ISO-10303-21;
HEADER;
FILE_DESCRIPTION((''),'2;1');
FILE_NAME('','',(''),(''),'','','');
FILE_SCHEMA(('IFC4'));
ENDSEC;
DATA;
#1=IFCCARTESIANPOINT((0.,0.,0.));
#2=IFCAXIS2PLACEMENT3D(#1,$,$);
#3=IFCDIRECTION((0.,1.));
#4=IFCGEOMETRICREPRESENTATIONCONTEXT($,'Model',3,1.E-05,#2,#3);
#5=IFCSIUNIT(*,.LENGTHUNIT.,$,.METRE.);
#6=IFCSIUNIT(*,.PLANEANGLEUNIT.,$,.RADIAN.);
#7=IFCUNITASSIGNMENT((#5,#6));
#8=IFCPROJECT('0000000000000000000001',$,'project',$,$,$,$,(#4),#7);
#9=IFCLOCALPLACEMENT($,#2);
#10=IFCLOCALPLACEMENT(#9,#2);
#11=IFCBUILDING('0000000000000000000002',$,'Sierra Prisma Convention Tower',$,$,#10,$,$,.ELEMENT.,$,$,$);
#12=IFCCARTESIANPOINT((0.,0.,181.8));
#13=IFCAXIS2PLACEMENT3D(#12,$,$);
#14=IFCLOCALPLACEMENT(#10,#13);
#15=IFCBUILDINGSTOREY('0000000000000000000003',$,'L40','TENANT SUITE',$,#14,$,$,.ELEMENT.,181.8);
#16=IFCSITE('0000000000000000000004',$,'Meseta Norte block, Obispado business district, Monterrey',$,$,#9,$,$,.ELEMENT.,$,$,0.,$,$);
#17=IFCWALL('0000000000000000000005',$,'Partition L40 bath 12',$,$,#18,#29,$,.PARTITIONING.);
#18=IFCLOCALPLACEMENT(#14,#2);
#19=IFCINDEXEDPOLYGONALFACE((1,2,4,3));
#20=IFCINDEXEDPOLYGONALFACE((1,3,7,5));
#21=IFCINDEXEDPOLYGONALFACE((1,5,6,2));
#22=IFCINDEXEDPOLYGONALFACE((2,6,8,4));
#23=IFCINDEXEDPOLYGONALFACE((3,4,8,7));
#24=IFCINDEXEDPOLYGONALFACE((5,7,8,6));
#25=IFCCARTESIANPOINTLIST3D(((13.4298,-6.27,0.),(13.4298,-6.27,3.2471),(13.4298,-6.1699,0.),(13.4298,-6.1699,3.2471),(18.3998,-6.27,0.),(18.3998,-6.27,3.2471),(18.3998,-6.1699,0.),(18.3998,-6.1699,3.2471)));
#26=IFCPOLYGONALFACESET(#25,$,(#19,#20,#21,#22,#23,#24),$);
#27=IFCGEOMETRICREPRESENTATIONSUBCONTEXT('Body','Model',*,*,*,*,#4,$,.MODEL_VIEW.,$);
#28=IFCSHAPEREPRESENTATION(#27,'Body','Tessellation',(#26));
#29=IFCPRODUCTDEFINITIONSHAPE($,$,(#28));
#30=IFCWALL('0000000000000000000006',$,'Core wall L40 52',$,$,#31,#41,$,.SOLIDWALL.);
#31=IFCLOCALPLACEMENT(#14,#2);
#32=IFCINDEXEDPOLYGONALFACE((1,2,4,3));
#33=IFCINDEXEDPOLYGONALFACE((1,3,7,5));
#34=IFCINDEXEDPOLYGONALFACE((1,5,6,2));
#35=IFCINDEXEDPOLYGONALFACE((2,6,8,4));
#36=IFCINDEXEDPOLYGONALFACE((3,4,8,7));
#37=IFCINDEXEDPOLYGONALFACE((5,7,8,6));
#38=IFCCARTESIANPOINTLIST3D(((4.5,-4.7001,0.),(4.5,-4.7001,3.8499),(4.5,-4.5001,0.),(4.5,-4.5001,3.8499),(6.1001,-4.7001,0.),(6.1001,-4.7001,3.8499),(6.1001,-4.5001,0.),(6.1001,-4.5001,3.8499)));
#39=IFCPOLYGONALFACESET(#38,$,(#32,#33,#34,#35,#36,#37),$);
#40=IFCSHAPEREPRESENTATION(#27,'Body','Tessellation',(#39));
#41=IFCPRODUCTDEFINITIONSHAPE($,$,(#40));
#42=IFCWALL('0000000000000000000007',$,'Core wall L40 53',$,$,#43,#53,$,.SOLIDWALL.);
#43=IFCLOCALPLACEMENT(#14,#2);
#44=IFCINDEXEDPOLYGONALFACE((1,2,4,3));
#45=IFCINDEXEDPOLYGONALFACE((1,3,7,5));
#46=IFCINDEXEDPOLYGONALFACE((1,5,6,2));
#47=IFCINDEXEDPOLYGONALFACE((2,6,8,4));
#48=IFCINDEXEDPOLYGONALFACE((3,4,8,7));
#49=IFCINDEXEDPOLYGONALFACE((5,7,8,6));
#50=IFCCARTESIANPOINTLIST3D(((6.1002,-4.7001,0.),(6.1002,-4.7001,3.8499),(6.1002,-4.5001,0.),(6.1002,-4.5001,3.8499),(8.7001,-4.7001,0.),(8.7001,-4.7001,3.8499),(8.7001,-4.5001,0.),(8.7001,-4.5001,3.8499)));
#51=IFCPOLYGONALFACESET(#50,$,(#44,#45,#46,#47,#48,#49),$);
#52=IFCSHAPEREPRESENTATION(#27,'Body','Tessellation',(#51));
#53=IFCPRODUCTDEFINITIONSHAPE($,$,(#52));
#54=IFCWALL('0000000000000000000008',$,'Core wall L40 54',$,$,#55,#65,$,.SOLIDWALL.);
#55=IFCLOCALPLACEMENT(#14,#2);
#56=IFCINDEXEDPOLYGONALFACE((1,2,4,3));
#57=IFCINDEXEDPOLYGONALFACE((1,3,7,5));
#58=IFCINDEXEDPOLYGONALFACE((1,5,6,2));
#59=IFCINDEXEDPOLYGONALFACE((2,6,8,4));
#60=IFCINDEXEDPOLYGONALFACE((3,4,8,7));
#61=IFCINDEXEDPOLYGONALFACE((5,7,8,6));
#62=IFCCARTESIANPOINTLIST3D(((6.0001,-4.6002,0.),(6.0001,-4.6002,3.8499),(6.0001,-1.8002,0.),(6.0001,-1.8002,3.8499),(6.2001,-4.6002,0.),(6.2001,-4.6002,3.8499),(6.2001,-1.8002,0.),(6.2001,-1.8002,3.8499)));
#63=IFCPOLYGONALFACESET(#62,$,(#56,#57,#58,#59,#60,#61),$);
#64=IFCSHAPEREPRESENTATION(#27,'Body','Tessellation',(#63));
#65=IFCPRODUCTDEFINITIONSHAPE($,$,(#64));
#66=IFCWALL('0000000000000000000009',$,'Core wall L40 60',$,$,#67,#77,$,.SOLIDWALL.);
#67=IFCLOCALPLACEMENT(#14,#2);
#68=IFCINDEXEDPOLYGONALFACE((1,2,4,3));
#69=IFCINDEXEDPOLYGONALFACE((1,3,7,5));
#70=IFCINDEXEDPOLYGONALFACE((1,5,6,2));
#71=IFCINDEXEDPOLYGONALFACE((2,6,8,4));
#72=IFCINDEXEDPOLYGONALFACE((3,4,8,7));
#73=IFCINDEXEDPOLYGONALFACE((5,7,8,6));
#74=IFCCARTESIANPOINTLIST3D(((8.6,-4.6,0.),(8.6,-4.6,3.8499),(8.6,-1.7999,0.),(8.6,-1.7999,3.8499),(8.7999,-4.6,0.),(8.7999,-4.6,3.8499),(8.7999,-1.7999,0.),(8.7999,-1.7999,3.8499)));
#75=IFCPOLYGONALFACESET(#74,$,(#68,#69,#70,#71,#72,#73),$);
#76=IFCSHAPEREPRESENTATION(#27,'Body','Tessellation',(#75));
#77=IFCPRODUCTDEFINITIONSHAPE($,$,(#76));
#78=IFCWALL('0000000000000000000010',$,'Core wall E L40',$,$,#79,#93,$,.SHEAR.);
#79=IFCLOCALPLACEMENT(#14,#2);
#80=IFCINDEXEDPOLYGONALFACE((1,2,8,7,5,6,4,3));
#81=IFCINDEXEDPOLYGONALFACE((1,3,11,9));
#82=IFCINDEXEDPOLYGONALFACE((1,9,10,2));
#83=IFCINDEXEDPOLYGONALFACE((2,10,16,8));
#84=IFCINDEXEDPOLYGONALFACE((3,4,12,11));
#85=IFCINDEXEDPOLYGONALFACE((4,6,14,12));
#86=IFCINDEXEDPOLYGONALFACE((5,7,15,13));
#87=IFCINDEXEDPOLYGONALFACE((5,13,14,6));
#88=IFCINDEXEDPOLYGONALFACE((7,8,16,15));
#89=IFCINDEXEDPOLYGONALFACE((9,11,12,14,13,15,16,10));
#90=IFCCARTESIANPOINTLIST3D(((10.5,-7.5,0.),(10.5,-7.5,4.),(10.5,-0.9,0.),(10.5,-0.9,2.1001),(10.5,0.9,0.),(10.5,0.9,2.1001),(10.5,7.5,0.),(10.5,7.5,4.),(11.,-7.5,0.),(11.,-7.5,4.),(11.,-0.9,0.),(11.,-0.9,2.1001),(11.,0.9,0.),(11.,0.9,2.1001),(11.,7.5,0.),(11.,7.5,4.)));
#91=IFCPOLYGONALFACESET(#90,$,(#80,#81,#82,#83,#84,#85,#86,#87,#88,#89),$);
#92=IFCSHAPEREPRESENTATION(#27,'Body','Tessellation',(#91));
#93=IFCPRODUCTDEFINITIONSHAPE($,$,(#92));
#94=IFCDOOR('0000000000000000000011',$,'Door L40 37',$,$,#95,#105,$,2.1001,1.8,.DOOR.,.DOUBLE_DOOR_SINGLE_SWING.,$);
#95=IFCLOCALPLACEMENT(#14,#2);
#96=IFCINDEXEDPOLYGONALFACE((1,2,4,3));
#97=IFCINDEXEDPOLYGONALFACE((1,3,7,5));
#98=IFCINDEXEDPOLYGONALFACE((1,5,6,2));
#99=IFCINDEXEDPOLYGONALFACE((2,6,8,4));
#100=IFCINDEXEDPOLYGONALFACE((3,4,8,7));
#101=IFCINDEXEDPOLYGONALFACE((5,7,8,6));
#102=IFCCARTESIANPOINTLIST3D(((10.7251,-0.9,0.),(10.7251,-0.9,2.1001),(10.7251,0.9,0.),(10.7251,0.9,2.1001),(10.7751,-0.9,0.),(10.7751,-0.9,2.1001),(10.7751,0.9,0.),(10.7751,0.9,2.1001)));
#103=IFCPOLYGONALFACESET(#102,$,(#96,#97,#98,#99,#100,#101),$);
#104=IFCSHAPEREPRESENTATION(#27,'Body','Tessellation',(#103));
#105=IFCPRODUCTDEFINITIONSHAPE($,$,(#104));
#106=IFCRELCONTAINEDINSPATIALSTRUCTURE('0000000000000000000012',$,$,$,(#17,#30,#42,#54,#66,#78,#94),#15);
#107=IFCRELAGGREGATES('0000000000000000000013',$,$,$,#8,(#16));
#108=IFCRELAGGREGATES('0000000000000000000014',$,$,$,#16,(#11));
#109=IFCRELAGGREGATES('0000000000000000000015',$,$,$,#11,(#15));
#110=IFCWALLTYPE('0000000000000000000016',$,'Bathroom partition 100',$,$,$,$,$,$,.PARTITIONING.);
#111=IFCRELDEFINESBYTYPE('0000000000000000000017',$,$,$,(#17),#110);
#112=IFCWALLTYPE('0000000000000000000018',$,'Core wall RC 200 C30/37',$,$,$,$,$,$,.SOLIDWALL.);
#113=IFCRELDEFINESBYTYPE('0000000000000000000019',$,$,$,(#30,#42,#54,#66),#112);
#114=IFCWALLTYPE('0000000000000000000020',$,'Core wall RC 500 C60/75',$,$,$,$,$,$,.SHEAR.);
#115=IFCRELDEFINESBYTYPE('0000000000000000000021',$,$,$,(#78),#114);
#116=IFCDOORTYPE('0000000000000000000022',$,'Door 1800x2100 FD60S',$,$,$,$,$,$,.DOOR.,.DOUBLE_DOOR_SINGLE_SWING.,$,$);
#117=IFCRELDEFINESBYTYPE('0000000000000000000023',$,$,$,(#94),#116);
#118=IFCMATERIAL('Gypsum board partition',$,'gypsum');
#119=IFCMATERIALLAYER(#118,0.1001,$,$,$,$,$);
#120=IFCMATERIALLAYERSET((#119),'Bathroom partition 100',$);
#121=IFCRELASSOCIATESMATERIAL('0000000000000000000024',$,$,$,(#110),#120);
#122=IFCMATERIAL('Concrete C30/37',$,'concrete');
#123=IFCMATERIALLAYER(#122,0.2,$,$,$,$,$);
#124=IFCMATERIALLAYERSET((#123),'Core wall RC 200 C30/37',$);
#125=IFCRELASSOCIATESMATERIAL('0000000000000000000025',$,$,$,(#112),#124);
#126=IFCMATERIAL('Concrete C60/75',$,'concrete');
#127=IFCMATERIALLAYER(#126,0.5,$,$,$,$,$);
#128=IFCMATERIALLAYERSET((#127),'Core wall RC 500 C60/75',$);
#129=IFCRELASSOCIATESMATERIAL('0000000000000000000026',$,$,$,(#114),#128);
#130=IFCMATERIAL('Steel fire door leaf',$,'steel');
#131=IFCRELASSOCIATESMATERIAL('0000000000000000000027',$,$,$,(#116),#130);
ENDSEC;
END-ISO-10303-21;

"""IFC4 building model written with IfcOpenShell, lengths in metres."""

from ifc_helpers import new_model, si_unit, direction, frame, frame_2d, origin, place, context, subcontext, project, spatial, rectangle, extrude, material, layer, layer_set, type_object, element, fill, save


model = new_model("IFC4")

# Units and contexts
model_context = context("Model", 3, precision=1e-05, world=origin(), true_north=direction((0.0, 1.0)))
body_context = subcontext(model_context, "Body", "Model", "MODEL_VIEW")
ifc_project = project(units=[si_unit("LENGTHUNIT", "METRE"), si_unit("PLANEANGLEUNIT", "RADIAN")], contexts=[model_context])

# Site, building, storey
site_placement = place(None, origin())
site = spatial("IfcSite", under=ifc_project, at=site_placement, Name="Meseta Norte block, Obispado business district, Monterrey", CompositionType="ELEMENT", RefElevation=0.0)
building_placement = place(site_placement, origin())
building = spatial("IfcBuilding", under=site, at=building_placement, Name="Sierra Prisma Convention Tower", CompositionType="ELEMENT")
storey_placement = place(building_placement, frame((0.0, 0.0, 181.8)))
storey = spatial("IfcBuildingStorey", under=building, at=storey_placement, Name="L40", Description="TENANT SUITE", CompositionType="ELEMENT", Elevation=181.8)

# Walls
ifc_material_1 = material(Name="Gypsum board partition", Category="gypsum")
ifc_layer_1 = layer(ifc_material_1, 0.1001)
ifc_layer_set_1 = layer_set([ifc_layer_1], Name="Bathroom partition 100")
wall_type_1 = type_object("IfcWallType", Name="Bathroom partition 100", PredefinedType="PARTITIONING", material=ifc_layer_set_1)
wall_1_placement = place(storey_placement, frame((13.4299, -6.22, 0.0), z_axis=(0.0, 0.0, 1.0), x_axis=(1.0, 0.0, 0.0)))
element("IfcWall", 1, at=wall_1_placement, inside=storey, type_object=wall_type_1, Name="Partition L40 bath 12", PredefinedType="PARTITIONING", context=body_context, shape_type="SweptSolid", body=[
    extrude(rectangle(XDim=4.97, YDim=0.1001, at=frame_2d((2.4849, 0.0))), origin(), (0.0, 0.0, 1.0), 3.2471),
])
ifc_material_2 = material(Name="Concrete C30/37", Category="concrete")
ifc_layer_2 = layer(ifc_material_2, 0.2)
ifc_layer_set_2 = layer_set([ifc_layer_2], Name="Core wall RC 200 C30/37")
wall_type_2 = type_object("IfcWallType", Name="Core wall RC 200 C30/37", PredefinedType="SOLIDWALL", material=ifc_layer_set_2)
wall_2_placement = place(storey_placement, frame((6.1001, -4.6001, 0.0), z_axis=(0.0, 0.0, 1.0), x_axis=(-1.0, 0.0, 0.0)))
element("IfcWall", 2, at=wall_2_placement, inside=storey, type_object=wall_type_2, Name="Core wall L40 52", PredefinedType="SOLIDWALL", context=body_context, shape_type="SweptSolid", body=[
    extrude(rectangle(XDim=1.6001, YDim=0.2, at=frame_2d((0.8, 0.0))), origin(), (0.0, 0.0, 1.0), 3.8499),
])
wall_3_placement = place(storey_placement, frame((8.7, -4.6001, 0.0), z_axis=(0.0, 0.0, 1.0), x_axis=(-1.0, 0.0, 0.0)))
element("IfcWall", 3, at=wall_3_placement, inside=storey, type_object=wall_type_2, Name="Core wall L40 53", PredefinedType="SOLIDWALL", context=body_context, shape_type="SweptSolid", body=[
    extrude(rectangle(XDim=2.5999, YDim=0.2, at=frame_2d((1.2998, 0.0))), origin(), (0.0, 0.0, 1.0), 3.8499),
])
wall_4_placement = place(storey_placement, frame((6.1001, -4.6001, 0.0), z_axis=(0.0, 0.0, 1.0), x_axis=(0.0, 1.0, 0.0)))
element("IfcWall", 4, at=wall_4_placement, inside=storey, type_object=wall_type_2, Name="Core wall L40 54", PredefinedType="SOLIDWALL", context=body_context, shape_type="SweptSolid", body=[
    extrude(rectangle(XDim=2.8, YDim=0.2, at=frame_2d((1.3999, 0.0))), origin(), (0.0, 0.0, 1.0), 3.8499),
])

# Wall
wall_5_placement = place(storey_placement, frame((8.7, -1.8, 0.0), z_axis=(0.0, 0.0, 1.0), x_axis=(0.0, -1.0, 0.0)))
element("IfcWall", 5, at=wall_5_placement, inside=storey, type_object=wall_type_2, Name="Core wall L40 60", PredefinedType="SOLIDWALL", context=body_context, shape_type="SweptSolid", body=[
    extrude(rectangle(XDim=2.8, YDim=0.2, at=frame_2d((1.3999, 0.0))), origin(), (0.0, 0.0, 1.0), 3.8499),
])

# Wall, opening, door
ifc_material_3 = material(Name="Concrete C60/75", Category="concrete")
ifc_layer_3 = layer(ifc_material_3, 0.5)
ifc_layer_set_3 = layer_set([ifc_layer_3], Name="Core wall RC 500 C60/75")
wall_type_3 = type_object("IfcWallType", Name="Core wall RC 500 C60/75", PredefinedType="SHEAR", material=ifc_layer_set_3)
wall_6_placement = place(storey_placement, frame((10.75, -7.5, 0.0), z_axis=(0.0, 0.0, 1.0), x_axis=(0.0, 1.0, 0.0)))
wall_6 = element("IfcWall", 6, at=wall_6_placement, inside=storey, type_object=wall_type_3, Name="Core wall E L40", PredefinedType="SHEAR", context=body_context, shape_type="SweptSolid", body=[
    extrude(rectangle(XDim=15.0, YDim=0.5, at=frame_2d((7.5, 0.0))), origin(), (0.0, 0.0, 1.0), 4.0),
])
opening_1_placement = place(wall_6_placement, frame((6.6001, 0.0, 0.0)))
opening_1 = element("IfcOpeningElement", 7, at=opening_1_placement, cuts=wall_6, PredefinedType="OPENING", context=body_context, shape_type="SweptSolid", body=[
    extrude(rectangle(XDim=1.8, YDim=2.1001, at=frame_2d((0.8999, 1.05))), frame((0.0, 0.25, 0.0), z_axis=(0.0, -1.0, 0.0), x_axis=(1.0, 0.0, 0.0)), (0.0, 0.0, 1.0), 0.5),
])
ifc_material_4 = material(Name="Steel fire door leaf", Category="steel")
door_type_1 = type_object("IfcDoorType", Name="Door 1800x2100 FD60S", OperationType="DOUBLE_DOOR_SINGLE_SWING", PredefinedType="DOOR", material=ifc_material_4)
door_1_placement = place(opening_1_placement, origin())
door_1 = element("IfcDoor", 8, at=door_1_placement, inside=storey, type_object=door_type_1, Name="Door L40 37", OperationType="DOUBLE_DOOR_SINGLE_SWING", OverallHeight=2.1001, OverallWidth=1.8, PredefinedType="DOOR", context=body_context, shape_type="SweptSolid", body=[
    extrude(rectangle(XDim=1.8, YDim=2.1001, at=frame_2d((0.8999, 1.05))), frame((0.0, 0.0249, 0.0), z_axis=(0.0, -1.0, 0.0), x_axis=(1.0, 0.0, 0.0)), (0.0, 0.0, 1.0), 0.05),
])
fill(opening_1, door_1)

save(model, "model.ifc")
